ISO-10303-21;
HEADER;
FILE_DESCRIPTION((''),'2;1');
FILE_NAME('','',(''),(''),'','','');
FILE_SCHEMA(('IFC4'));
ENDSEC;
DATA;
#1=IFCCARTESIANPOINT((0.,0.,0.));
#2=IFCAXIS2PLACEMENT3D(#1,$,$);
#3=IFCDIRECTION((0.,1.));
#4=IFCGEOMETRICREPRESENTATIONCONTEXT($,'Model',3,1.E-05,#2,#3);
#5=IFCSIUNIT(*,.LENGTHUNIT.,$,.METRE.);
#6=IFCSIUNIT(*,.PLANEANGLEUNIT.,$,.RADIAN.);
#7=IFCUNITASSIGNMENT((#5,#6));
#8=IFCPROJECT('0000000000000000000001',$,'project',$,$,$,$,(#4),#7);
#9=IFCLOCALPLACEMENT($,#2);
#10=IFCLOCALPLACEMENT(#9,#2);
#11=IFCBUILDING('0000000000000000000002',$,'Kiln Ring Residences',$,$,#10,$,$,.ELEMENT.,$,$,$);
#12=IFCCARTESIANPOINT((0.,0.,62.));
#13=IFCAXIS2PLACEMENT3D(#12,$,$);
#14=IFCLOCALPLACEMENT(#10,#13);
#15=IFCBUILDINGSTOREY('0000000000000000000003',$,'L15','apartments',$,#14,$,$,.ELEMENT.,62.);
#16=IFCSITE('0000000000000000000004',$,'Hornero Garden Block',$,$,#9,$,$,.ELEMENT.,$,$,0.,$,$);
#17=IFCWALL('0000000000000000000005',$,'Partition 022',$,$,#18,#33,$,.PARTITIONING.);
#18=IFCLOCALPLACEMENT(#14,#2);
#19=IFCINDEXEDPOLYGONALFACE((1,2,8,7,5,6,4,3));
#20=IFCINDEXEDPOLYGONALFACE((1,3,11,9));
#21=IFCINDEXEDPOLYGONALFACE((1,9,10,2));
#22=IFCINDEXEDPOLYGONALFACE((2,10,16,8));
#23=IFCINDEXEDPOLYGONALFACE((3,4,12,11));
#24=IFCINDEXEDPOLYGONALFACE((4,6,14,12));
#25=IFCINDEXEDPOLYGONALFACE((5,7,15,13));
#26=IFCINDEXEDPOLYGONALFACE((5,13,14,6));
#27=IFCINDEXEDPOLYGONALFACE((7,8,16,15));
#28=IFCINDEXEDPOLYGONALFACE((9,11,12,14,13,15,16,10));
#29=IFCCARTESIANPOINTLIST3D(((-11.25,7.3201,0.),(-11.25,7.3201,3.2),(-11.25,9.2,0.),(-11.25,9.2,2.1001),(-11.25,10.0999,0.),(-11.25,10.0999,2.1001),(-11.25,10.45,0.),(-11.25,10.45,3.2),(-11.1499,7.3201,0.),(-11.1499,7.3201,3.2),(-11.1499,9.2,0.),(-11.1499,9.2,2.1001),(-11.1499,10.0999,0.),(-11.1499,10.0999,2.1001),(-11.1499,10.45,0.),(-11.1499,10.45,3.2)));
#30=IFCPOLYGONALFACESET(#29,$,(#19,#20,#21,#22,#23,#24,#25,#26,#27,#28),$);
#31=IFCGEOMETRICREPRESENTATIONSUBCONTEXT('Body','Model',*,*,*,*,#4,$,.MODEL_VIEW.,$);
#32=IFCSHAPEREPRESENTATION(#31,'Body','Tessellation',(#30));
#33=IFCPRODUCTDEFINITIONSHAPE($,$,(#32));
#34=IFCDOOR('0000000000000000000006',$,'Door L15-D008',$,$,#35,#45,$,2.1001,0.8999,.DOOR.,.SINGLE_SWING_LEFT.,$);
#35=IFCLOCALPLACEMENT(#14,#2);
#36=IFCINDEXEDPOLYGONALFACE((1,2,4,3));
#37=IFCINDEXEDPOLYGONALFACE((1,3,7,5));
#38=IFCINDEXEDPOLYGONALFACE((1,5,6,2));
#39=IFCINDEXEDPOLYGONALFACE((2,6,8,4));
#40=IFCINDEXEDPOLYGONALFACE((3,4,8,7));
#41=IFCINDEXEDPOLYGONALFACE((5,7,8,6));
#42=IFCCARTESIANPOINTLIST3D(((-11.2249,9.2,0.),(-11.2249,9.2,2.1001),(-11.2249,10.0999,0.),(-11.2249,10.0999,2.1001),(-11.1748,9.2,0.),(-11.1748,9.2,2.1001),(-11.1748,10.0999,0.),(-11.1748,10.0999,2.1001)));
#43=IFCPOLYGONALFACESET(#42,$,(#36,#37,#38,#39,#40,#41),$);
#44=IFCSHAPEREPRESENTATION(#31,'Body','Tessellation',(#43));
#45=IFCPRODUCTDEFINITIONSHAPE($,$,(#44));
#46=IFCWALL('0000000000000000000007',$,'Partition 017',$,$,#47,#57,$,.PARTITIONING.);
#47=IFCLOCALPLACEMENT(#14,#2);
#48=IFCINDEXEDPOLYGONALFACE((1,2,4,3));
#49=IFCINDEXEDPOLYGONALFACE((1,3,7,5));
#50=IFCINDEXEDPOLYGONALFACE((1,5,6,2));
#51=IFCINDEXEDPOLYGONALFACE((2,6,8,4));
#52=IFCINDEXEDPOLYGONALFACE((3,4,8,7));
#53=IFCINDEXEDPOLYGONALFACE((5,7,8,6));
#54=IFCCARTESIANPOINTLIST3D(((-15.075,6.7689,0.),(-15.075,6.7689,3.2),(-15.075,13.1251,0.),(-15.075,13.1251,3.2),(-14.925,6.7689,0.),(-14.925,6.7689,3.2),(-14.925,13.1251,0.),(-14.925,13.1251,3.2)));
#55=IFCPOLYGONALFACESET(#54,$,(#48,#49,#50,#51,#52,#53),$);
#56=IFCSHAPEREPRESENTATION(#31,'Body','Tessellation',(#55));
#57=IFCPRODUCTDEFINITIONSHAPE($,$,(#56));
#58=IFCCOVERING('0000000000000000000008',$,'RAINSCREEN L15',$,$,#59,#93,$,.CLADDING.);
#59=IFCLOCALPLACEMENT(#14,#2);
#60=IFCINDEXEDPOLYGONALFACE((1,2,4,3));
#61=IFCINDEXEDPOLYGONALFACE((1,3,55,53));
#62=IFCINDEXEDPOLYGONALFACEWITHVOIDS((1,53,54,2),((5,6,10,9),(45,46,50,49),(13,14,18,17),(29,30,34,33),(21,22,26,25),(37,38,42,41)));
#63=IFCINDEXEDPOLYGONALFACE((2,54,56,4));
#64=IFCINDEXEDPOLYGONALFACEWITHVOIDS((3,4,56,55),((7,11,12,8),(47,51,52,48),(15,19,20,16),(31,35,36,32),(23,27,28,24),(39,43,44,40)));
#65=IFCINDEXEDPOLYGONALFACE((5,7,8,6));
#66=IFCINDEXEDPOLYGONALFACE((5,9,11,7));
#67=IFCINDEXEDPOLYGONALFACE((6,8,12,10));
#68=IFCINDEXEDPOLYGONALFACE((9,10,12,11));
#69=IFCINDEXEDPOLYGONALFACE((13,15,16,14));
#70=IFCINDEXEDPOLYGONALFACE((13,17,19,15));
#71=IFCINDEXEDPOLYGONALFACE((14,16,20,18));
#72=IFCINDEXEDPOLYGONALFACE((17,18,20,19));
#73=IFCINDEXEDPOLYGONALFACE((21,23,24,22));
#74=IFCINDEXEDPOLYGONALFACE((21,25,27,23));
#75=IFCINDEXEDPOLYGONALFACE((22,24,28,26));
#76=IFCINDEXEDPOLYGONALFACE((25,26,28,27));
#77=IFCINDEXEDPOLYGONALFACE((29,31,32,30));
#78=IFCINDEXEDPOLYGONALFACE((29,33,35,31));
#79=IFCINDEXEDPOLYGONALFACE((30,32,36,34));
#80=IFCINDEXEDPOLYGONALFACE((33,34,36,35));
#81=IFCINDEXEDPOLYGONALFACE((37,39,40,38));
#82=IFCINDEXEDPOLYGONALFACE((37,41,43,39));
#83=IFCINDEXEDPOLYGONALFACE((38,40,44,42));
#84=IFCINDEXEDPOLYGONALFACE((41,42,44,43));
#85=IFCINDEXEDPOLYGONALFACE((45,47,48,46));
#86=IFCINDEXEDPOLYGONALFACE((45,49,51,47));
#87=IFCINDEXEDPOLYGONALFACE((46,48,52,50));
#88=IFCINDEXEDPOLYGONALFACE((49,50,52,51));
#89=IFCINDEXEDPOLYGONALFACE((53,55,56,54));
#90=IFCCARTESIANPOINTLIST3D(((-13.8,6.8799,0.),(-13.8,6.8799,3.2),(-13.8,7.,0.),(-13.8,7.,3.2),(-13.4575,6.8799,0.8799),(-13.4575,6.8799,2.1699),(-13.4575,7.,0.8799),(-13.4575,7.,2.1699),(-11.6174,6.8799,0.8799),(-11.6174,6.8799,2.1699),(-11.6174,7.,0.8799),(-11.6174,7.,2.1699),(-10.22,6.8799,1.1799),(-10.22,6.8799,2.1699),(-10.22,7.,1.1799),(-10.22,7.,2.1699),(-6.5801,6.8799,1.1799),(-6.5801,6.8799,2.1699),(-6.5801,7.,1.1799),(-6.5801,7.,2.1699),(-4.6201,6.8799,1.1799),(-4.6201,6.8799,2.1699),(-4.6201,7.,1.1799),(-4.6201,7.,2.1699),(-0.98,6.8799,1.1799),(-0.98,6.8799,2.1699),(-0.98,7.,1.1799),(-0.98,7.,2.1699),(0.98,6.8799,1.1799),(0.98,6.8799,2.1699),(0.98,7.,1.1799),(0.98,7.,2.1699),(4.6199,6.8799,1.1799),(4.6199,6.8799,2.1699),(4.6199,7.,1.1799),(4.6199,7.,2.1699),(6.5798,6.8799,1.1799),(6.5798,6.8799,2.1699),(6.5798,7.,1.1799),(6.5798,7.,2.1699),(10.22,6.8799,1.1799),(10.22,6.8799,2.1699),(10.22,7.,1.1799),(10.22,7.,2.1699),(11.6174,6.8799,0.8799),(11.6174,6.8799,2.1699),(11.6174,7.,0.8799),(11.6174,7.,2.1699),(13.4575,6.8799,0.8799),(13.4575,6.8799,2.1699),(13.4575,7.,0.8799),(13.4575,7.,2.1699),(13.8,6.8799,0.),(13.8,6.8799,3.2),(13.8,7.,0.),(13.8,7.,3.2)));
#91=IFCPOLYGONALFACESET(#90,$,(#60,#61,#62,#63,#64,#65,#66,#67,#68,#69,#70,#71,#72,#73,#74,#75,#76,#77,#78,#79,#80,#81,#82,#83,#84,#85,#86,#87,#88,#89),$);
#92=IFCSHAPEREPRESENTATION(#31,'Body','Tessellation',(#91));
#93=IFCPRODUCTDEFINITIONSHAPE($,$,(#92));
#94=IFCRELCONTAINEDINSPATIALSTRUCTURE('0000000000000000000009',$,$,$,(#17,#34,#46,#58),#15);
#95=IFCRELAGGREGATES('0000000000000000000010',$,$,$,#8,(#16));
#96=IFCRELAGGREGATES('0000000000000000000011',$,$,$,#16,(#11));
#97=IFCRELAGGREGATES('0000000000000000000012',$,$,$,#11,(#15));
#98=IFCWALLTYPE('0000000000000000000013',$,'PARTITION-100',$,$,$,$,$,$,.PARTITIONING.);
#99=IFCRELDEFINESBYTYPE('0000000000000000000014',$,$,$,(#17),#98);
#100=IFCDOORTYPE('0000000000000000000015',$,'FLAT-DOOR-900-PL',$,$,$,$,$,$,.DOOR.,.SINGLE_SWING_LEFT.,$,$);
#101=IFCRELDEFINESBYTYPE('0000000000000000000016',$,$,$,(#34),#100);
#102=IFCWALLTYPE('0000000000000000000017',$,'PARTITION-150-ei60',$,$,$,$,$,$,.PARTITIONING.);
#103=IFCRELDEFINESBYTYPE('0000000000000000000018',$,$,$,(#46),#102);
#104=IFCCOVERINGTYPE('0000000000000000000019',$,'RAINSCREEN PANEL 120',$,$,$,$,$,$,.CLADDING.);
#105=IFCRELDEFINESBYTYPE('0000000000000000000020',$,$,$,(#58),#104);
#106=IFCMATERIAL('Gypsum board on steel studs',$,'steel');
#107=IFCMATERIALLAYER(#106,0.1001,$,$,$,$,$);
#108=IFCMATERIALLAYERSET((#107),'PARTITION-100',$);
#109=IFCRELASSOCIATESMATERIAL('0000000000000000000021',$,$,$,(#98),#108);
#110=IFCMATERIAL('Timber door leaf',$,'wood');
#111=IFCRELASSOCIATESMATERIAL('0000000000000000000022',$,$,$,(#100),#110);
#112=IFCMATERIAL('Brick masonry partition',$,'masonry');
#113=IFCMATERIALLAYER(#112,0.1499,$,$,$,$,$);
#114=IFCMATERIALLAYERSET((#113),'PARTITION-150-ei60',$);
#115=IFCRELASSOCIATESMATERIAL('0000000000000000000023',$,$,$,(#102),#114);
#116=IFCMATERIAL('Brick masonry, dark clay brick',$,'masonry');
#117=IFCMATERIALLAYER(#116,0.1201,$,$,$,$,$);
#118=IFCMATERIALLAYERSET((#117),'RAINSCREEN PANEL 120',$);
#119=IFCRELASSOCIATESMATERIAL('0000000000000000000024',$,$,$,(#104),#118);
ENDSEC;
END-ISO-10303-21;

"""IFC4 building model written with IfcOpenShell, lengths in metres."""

from ifc_helpers import new_model, si_unit, direction, frame, frame_2d, origin, place, context, subcontext, project, spatial, polyline, rectangle, outline, extrude, material, layer, layer_set, type_object, element, fill, save


model = new_model("IFC4")

# Units and contexts
model_context = context("Model", 3, precision=1e-05, world=origin(), true_north=direction((0.0, 1.0)))
body_context = subcontext(model_context, "Body", "Model", "MODEL_VIEW")
ifc_project = project(units=[si_unit("LENGTHUNIT", "METRE"), si_unit("PLANEANGLEUNIT", "RADIAN")], contexts=[model_context])

# Site, building, storey
site_placement = place(None, origin())
site = spatial("IfcSite", under=ifc_project, at=site_placement, Name="Hornero Garden Block", CompositionType="ELEMENT", RefElevation=0.0)
building_placement = place(site_placement, origin())
building = spatial("IfcBuilding", under=site, at=building_placement, Name="Kiln Ring Residences", CompositionType="ELEMENT")
storey_placement = place(building_placement, frame((0.0, 0.0, 62.0)))
storey = spatial("IfcBuildingStorey", under=building, at=storey_placement, Name="L15", Description="apartments", CompositionType="ELEMENT", Elevation=62.0)

# Wall, opening, door
ifc_material_1 = material(Name="Gypsum board on steel studs", Category="steel")
ifc_layer_1 = layer(ifc_material_1, 0.1001)
ifc_layer_set_1 = layer_set([ifc_layer_1], Name="PARTITION-100")
wall_type_1 = type_object("IfcWallType", Name="PARTITION-100", PredefinedType="PARTITIONING", material=ifc_layer_set_1)
wall_1_placement = place(storey_placement, frame((-11.2, 7.3201, 0.0), z_axis=(0.0, 0.0, 1.0), x_axis=(0.0, 1.0, 0.0)))
wall_1 = element("IfcWall", 1, at=wall_1_placement, inside=storey, type_object=wall_type_1, Name="Partition 022", PredefinedType="PARTITIONING", context=body_context, shape_type="SweptSolid", body=[
    extrude(rectangle(XDim=3.1299, YDim=0.1001, at=frame_2d((1.5649, 0.0))), origin(), (0.0, 0.0, 1.0), 3.2),
])
opening_1_placement = place(wall_1_placement, frame((1.8799, 0.0, 0.0)))
opening_1 = element("IfcOpeningElement", 2, at=opening_1_placement, cuts=wall_1, PredefinedType="OPENING", context=body_context, shape_type="SweptSolid", body=[
    extrude(rectangle(XDim=0.8999, YDim=2.1001, at=frame_2d((0.45, 1.05))), frame((0.0, 0.0601, 0.0), z_axis=(0.0, -1.0, 0.0), x_axis=(1.0, 0.0, 0.0)), (0.0, 0.0, 1.0), 0.1201),
])
ifc_material_2 = material(Name="Timber door leaf", Category="wood")
door_type = type_object("IfcDoorType", Name="FLAT-DOOR-900-PL", OperationType="SINGLE_SWING_LEFT", PredefinedType="DOOR", material=ifc_material_2)
door_placement = place(opening_1_placement, origin())
door = element("IfcDoor", 3, at=door_placement, inside=storey, type_object=door_type, Name="Door L15-D008", OperationType="SINGLE_SWING_LEFT", OverallHeight=2.1001, OverallWidth=0.8999, PredefinedType="DOOR", context=body_context, shape_type="SweptSolid", body=[
    extrude(rectangle(XDim=0.8999, YDim=2.1001, at=frame_2d((0.45, 1.05))), frame((0.0, 0.0249, 0.0), z_axis=(0.0, -1.0, 0.0), x_axis=(1.0, 0.0, 0.0)), (0.0, 0.0, 1.0), 0.05),
])
fill(opening_1, door)

# Wall
ifc_material_3 = material(Name="Brick masonry partition", Category="masonry")
ifc_layer_2 = layer(ifc_material_3, 0.1499)
ifc_layer_set_2 = layer_set([ifc_layer_2], Name="PARTITION-150-ei60")
wall_type_2 = type_object("IfcWallType", Name="PARTITION-150-ei60", PredefinedType="PARTITIONING", material=ifc_layer_set_2)
wall_2_placement = place(storey_placement, frame((-15.0, 6.7688, 0.0), z_axis=(0.0, 0.0, 1.0), x_axis=(0.0, 1.0, 0.0)))
element("IfcWall", 4, at=wall_2_placement, inside=storey, type_object=wall_type_2, Name="Partition 017", PredefinedType="PARTITIONING", context=body_context, shape_type="SweptSolid", body=[
    extrude(rectangle(XDim=6.3562, YDim=0.1499, at=frame_2d((3.1782, 0.0))), origin(), (0.0, 0.0, 1.0), 3.2),
])

# Covering
ifc_material_4 = material(Name="Brick masonry, dark clay brick", Category="masonry")
ifc_layer_3 = layer(ifc_material_4, 0.1201)
ifc_layer_set_3 = layer_set([ifc_layer_3], Name="RAINSCREEN PANEL 120")
covering_type = type_object("IfcCoveringType", Name="RAINSCREEN PANEL 120", PredefinedType="CLADDING", material=ifc_layer_set_3)
covering_placement = place(storey_placement, frame((-13.8, 6.9399, 0.0), z_axis=(0.0, 0.0, 1.0), x_axis=(1.0, 0.0, 0.0)))
element("IfcCovering", 5, at=covering_placement, inside=storey, type_object=covering_type, Name="RAINSCREEN L15", PredefinedType="CLADDING", context=body_context, shape_type="SweptSolid", body=[
    extrude(outline(polyline([(0.0, 0.0), (27.6001, 0.0), (27.6001, 3.2), (0.0, 3.2), (0.0, 0.0)]), holes=[polyline([(2.1826, 0.8799), (2.1826, 2.1699), (0.3425, 2.1699), (0.3425, 0.8799), (2.1826, 0.8799)]), polyline([(25.4175, 0.8799), (27.2576, 0.8799), (27.2576, 2.1699), (25.4175, 2.1699), (25.4175, 0.8799)]), polyline([(3.5801, 1.1799), (7.22, 1.1799), (7.22, 2.1699), (3.5801, 2.1699), (3.5801, 1.1799)]), polyline([(12.8201, 1.1799), (12.8201, 2.1699), (9.1799, 2.1699), (9.1799, 1.1799), (12.8201, 1.1799)]), polyline([(14.78, 1.1799), (18.4199, 1.1799), (18.4199, 2.1699), (14.78, 2.1699), (14.78, 1.1799)]), polyline([(20.3799, 1.1799), (24.02, 1.1799), (24.02, 2.1699), (20.3799, 2.1699), (20.3799, 1.1799)])]), frame((0.0, 0.0601, 0.0), z_axis=(0.0, -1.0, 0.0), x_axis=(1.0, 0.0, 0.0)), (0.0, 0.0, 1.0), 0.1201),
])

save(model, "model.ifc")
